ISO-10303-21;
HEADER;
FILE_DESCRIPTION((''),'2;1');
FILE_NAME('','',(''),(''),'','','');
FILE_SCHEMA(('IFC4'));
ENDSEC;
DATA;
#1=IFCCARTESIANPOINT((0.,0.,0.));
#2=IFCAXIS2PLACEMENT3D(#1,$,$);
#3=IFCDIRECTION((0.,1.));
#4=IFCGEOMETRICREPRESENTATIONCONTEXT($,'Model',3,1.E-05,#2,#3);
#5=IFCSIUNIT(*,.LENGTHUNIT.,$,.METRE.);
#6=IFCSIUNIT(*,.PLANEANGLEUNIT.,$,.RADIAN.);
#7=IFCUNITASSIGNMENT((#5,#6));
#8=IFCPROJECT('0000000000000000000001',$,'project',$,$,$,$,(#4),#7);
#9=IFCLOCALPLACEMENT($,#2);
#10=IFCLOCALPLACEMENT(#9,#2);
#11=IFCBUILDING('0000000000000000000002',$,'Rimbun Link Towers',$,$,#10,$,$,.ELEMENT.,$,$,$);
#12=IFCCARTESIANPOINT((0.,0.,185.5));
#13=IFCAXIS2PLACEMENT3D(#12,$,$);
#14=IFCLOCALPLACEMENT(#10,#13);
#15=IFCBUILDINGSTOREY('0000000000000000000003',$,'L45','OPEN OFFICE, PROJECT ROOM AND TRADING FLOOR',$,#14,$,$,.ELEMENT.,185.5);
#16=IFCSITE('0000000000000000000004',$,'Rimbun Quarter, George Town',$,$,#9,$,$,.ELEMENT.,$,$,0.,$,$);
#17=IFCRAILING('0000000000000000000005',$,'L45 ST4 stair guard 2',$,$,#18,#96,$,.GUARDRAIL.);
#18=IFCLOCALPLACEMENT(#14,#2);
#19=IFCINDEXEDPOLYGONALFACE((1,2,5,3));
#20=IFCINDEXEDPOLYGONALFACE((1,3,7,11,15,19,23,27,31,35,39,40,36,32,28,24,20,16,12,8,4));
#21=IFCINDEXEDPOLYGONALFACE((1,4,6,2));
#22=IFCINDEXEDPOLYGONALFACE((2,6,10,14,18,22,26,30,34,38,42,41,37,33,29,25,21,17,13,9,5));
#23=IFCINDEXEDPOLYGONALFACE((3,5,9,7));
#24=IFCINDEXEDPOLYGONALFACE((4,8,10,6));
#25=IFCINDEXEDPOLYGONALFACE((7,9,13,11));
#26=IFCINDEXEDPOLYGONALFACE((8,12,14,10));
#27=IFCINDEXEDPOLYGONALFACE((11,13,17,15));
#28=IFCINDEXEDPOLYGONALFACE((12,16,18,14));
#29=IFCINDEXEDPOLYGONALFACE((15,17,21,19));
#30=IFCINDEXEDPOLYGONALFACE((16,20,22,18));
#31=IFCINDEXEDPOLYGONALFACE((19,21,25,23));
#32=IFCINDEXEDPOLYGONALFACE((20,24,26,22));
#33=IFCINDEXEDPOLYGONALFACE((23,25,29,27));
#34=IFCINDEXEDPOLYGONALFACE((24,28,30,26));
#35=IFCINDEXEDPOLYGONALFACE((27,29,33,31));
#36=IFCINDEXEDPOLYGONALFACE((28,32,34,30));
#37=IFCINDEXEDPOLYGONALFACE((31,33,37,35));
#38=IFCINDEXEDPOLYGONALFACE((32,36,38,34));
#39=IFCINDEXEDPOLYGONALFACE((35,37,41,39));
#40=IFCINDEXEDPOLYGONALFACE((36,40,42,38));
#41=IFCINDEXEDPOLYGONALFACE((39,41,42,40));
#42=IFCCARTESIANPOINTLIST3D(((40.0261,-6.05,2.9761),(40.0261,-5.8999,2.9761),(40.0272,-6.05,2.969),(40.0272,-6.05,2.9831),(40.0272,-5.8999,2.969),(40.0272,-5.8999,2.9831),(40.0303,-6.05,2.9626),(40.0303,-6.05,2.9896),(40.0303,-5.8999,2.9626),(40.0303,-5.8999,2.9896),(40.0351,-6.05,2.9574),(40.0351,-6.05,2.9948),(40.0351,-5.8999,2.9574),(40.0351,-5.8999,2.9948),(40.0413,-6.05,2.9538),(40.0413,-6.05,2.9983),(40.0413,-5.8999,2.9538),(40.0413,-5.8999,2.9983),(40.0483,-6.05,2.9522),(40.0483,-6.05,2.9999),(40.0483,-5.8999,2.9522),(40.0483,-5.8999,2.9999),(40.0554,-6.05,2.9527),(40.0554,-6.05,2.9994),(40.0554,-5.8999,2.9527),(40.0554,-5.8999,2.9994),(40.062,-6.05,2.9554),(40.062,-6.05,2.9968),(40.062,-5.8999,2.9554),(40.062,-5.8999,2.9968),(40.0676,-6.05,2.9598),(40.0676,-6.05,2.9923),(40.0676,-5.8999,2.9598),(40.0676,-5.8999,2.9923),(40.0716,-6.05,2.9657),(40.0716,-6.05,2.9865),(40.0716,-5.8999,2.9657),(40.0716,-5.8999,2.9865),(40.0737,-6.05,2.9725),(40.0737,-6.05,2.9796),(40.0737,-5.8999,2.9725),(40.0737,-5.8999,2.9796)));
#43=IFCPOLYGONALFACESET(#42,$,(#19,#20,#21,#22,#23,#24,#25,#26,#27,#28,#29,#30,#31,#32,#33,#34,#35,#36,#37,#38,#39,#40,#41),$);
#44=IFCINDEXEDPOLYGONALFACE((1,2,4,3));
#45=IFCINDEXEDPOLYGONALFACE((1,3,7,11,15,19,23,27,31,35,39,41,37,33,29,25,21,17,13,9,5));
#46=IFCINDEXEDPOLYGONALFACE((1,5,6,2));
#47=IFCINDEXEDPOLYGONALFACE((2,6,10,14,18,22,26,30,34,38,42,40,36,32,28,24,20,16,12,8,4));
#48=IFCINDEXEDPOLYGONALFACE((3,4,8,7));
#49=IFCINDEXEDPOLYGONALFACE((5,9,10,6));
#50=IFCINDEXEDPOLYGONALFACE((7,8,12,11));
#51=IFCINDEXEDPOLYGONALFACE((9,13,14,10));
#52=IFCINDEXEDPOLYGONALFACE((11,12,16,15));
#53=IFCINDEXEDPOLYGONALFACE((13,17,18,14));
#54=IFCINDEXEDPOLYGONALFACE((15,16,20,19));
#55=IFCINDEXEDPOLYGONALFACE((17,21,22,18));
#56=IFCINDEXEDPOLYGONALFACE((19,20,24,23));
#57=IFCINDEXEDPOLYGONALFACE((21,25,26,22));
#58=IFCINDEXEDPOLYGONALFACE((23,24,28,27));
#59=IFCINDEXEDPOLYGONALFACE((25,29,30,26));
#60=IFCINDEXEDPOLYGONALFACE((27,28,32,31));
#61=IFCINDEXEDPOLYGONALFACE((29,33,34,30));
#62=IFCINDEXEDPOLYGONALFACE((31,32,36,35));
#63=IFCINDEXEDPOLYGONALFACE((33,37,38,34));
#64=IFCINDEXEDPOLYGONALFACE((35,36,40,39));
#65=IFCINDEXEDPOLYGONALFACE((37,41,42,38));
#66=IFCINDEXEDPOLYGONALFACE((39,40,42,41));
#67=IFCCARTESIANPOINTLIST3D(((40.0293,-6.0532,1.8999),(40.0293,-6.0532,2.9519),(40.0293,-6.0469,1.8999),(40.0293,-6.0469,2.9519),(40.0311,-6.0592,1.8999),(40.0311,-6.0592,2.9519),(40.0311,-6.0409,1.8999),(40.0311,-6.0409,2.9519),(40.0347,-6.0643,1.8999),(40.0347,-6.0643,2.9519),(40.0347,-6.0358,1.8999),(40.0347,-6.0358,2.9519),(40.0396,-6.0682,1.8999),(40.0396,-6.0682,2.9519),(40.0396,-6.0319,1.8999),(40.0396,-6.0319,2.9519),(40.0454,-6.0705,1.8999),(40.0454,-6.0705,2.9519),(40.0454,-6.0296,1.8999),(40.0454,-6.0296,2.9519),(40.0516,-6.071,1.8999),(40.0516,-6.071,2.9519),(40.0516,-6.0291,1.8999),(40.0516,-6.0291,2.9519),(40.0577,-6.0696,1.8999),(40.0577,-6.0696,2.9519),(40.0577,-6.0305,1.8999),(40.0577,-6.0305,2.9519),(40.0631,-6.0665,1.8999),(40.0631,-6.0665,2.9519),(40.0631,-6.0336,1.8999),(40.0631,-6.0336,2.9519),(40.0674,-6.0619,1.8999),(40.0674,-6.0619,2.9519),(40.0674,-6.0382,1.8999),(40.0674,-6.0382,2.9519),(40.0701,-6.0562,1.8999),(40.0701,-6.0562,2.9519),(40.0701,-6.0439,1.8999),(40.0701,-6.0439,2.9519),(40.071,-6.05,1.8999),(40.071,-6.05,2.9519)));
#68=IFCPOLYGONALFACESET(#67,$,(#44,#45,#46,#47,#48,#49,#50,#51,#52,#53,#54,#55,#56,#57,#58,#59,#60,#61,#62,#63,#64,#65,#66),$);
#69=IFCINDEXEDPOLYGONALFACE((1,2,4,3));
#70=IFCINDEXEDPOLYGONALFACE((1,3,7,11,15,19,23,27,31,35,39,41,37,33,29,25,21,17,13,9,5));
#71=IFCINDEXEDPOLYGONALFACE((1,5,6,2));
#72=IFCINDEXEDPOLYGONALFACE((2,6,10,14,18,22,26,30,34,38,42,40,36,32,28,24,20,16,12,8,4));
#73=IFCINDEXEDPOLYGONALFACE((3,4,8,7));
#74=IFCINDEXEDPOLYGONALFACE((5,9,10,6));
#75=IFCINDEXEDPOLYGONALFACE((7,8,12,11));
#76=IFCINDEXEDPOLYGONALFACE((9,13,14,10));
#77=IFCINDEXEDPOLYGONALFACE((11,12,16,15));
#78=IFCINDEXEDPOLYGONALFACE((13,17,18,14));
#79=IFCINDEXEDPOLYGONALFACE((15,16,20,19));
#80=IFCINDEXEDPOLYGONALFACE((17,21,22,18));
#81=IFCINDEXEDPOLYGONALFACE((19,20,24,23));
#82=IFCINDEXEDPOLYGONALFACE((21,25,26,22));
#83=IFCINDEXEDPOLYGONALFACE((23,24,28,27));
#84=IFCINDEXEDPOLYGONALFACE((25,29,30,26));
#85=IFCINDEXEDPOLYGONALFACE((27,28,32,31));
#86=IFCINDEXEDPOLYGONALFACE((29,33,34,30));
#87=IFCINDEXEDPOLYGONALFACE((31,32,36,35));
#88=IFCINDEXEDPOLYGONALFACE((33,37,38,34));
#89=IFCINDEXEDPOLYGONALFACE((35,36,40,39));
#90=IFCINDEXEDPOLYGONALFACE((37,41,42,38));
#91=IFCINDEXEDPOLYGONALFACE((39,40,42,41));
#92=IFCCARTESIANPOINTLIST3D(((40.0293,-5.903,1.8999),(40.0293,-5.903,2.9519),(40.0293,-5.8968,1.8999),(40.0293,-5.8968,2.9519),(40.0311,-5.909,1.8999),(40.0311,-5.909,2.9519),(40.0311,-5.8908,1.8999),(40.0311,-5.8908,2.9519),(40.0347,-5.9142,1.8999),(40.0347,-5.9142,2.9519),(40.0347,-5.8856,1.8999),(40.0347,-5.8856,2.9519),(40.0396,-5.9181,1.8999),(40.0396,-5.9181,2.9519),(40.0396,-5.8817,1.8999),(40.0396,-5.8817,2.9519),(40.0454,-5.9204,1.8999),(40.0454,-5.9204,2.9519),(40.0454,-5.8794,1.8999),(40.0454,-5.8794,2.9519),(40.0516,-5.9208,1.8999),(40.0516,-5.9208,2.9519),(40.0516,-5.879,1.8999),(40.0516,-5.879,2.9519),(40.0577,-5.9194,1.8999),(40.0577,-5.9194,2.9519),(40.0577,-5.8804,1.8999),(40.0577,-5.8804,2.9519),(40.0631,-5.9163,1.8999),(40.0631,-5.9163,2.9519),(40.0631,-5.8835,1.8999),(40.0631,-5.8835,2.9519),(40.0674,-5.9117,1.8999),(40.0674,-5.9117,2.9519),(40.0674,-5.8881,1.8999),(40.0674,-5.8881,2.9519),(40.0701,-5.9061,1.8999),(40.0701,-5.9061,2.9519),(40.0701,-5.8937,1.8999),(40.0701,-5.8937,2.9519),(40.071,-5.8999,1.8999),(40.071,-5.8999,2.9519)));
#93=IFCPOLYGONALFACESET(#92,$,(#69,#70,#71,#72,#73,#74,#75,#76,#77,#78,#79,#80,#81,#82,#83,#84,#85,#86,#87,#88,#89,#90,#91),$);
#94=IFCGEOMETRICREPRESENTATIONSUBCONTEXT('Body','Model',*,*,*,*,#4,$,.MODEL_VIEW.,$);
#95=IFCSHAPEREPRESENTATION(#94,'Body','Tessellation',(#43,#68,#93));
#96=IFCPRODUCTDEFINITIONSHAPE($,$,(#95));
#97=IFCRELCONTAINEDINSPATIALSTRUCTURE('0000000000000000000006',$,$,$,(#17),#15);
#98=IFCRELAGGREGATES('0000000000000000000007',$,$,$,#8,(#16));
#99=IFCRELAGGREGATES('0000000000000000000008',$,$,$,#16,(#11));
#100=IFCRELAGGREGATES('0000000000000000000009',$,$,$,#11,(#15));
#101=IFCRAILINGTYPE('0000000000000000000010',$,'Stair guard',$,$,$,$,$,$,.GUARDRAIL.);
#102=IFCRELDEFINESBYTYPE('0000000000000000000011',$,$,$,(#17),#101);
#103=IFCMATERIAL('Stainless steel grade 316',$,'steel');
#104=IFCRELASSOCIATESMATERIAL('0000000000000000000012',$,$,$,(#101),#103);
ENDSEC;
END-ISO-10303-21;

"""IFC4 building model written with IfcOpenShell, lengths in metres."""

from ifc_helpers import new_model, si_unit, direction, frame, origin, origin_2d, place, context, subcontext, project, spatial, circle, extrude, material, type_object, element, save


model = new_model("IFC4")

# Units and contexts
model_context = context("Model", 3, precision=1e-05, world=origin(), true_north=direction((0.0, 1.0)))
body_context = subcontext(model_context, "Body", "Model", "MODEL_VIEW")
ifc_project = project(units=[si_unit("LENGTHUNIT", "METRE"), si_unit("PLANEANGLEUNIT", "RADIAN")], contexts=[model_context])

# Site, building, storey
site_placement = place(None, origin())
site = spatial("IfcSite", under=ifc_project, at=site_placement, Name="Rimbun Quarter, George Town", CompositionType="ELEMENT", RefElevation=0.0)
building_placement = place(site_placement, origin())
building = spatial("IfcBuilding", under=site, at=building_placement, Name="Rimbun Link Towers", CompositionType="ELEMENT")
storey_placement = place(building_placement, frame((0.0, 0.0, 185.5)))
storey = spatial("IfcBuildingStorey", under=building, at=storey_placement, Name="L45", Description="OPEN OFFICE, PROJECT ROOM AND TRADING FLOOR", CompositionType="ELEMENT", Elevation=185.5)

# Railing
ifc_material_1 = material(Name="Stainless steel grade 316", Category="steel")
railing_type_1 = type_object("IfcRailingType", Name="Stair guard", PredefinedType="GUARDRAIL", material=ifc_material_1)
railing_1_placement = place(storey_placement, frame((40.05, -6.05, 1.8999)))
element("IfcRailing", 1, at=railing_1_placement, inside=storey, type_object=railing_type_1, Name="L45 ST4 stair guard 2", PredefinedType="GUARDRAIL", context=body_context, shape_type="SweptSolid", body=[
    extrude(circle(Radius=0.0239, at=origin_2d()), frame((0.0, 0.0, 1.0762), z_axis=(0.0, 1.0, 0.0), x_axis=(-1.0, 0.0, 0.0)), (0.0, 0.0, 1.0), 0.1501),
    extrude(circle(Radius=0.021, at=origin_2d()), origin(), (0.0, 0.0, 1.0), 1.052),
    extrude(circle(Radius=0.021, at=origin_2d()), frame((0.0, 0.1501, 0.0)), (0.0, 0.0, 1.0), 1.052),
])

save(model, "model.ifc")
